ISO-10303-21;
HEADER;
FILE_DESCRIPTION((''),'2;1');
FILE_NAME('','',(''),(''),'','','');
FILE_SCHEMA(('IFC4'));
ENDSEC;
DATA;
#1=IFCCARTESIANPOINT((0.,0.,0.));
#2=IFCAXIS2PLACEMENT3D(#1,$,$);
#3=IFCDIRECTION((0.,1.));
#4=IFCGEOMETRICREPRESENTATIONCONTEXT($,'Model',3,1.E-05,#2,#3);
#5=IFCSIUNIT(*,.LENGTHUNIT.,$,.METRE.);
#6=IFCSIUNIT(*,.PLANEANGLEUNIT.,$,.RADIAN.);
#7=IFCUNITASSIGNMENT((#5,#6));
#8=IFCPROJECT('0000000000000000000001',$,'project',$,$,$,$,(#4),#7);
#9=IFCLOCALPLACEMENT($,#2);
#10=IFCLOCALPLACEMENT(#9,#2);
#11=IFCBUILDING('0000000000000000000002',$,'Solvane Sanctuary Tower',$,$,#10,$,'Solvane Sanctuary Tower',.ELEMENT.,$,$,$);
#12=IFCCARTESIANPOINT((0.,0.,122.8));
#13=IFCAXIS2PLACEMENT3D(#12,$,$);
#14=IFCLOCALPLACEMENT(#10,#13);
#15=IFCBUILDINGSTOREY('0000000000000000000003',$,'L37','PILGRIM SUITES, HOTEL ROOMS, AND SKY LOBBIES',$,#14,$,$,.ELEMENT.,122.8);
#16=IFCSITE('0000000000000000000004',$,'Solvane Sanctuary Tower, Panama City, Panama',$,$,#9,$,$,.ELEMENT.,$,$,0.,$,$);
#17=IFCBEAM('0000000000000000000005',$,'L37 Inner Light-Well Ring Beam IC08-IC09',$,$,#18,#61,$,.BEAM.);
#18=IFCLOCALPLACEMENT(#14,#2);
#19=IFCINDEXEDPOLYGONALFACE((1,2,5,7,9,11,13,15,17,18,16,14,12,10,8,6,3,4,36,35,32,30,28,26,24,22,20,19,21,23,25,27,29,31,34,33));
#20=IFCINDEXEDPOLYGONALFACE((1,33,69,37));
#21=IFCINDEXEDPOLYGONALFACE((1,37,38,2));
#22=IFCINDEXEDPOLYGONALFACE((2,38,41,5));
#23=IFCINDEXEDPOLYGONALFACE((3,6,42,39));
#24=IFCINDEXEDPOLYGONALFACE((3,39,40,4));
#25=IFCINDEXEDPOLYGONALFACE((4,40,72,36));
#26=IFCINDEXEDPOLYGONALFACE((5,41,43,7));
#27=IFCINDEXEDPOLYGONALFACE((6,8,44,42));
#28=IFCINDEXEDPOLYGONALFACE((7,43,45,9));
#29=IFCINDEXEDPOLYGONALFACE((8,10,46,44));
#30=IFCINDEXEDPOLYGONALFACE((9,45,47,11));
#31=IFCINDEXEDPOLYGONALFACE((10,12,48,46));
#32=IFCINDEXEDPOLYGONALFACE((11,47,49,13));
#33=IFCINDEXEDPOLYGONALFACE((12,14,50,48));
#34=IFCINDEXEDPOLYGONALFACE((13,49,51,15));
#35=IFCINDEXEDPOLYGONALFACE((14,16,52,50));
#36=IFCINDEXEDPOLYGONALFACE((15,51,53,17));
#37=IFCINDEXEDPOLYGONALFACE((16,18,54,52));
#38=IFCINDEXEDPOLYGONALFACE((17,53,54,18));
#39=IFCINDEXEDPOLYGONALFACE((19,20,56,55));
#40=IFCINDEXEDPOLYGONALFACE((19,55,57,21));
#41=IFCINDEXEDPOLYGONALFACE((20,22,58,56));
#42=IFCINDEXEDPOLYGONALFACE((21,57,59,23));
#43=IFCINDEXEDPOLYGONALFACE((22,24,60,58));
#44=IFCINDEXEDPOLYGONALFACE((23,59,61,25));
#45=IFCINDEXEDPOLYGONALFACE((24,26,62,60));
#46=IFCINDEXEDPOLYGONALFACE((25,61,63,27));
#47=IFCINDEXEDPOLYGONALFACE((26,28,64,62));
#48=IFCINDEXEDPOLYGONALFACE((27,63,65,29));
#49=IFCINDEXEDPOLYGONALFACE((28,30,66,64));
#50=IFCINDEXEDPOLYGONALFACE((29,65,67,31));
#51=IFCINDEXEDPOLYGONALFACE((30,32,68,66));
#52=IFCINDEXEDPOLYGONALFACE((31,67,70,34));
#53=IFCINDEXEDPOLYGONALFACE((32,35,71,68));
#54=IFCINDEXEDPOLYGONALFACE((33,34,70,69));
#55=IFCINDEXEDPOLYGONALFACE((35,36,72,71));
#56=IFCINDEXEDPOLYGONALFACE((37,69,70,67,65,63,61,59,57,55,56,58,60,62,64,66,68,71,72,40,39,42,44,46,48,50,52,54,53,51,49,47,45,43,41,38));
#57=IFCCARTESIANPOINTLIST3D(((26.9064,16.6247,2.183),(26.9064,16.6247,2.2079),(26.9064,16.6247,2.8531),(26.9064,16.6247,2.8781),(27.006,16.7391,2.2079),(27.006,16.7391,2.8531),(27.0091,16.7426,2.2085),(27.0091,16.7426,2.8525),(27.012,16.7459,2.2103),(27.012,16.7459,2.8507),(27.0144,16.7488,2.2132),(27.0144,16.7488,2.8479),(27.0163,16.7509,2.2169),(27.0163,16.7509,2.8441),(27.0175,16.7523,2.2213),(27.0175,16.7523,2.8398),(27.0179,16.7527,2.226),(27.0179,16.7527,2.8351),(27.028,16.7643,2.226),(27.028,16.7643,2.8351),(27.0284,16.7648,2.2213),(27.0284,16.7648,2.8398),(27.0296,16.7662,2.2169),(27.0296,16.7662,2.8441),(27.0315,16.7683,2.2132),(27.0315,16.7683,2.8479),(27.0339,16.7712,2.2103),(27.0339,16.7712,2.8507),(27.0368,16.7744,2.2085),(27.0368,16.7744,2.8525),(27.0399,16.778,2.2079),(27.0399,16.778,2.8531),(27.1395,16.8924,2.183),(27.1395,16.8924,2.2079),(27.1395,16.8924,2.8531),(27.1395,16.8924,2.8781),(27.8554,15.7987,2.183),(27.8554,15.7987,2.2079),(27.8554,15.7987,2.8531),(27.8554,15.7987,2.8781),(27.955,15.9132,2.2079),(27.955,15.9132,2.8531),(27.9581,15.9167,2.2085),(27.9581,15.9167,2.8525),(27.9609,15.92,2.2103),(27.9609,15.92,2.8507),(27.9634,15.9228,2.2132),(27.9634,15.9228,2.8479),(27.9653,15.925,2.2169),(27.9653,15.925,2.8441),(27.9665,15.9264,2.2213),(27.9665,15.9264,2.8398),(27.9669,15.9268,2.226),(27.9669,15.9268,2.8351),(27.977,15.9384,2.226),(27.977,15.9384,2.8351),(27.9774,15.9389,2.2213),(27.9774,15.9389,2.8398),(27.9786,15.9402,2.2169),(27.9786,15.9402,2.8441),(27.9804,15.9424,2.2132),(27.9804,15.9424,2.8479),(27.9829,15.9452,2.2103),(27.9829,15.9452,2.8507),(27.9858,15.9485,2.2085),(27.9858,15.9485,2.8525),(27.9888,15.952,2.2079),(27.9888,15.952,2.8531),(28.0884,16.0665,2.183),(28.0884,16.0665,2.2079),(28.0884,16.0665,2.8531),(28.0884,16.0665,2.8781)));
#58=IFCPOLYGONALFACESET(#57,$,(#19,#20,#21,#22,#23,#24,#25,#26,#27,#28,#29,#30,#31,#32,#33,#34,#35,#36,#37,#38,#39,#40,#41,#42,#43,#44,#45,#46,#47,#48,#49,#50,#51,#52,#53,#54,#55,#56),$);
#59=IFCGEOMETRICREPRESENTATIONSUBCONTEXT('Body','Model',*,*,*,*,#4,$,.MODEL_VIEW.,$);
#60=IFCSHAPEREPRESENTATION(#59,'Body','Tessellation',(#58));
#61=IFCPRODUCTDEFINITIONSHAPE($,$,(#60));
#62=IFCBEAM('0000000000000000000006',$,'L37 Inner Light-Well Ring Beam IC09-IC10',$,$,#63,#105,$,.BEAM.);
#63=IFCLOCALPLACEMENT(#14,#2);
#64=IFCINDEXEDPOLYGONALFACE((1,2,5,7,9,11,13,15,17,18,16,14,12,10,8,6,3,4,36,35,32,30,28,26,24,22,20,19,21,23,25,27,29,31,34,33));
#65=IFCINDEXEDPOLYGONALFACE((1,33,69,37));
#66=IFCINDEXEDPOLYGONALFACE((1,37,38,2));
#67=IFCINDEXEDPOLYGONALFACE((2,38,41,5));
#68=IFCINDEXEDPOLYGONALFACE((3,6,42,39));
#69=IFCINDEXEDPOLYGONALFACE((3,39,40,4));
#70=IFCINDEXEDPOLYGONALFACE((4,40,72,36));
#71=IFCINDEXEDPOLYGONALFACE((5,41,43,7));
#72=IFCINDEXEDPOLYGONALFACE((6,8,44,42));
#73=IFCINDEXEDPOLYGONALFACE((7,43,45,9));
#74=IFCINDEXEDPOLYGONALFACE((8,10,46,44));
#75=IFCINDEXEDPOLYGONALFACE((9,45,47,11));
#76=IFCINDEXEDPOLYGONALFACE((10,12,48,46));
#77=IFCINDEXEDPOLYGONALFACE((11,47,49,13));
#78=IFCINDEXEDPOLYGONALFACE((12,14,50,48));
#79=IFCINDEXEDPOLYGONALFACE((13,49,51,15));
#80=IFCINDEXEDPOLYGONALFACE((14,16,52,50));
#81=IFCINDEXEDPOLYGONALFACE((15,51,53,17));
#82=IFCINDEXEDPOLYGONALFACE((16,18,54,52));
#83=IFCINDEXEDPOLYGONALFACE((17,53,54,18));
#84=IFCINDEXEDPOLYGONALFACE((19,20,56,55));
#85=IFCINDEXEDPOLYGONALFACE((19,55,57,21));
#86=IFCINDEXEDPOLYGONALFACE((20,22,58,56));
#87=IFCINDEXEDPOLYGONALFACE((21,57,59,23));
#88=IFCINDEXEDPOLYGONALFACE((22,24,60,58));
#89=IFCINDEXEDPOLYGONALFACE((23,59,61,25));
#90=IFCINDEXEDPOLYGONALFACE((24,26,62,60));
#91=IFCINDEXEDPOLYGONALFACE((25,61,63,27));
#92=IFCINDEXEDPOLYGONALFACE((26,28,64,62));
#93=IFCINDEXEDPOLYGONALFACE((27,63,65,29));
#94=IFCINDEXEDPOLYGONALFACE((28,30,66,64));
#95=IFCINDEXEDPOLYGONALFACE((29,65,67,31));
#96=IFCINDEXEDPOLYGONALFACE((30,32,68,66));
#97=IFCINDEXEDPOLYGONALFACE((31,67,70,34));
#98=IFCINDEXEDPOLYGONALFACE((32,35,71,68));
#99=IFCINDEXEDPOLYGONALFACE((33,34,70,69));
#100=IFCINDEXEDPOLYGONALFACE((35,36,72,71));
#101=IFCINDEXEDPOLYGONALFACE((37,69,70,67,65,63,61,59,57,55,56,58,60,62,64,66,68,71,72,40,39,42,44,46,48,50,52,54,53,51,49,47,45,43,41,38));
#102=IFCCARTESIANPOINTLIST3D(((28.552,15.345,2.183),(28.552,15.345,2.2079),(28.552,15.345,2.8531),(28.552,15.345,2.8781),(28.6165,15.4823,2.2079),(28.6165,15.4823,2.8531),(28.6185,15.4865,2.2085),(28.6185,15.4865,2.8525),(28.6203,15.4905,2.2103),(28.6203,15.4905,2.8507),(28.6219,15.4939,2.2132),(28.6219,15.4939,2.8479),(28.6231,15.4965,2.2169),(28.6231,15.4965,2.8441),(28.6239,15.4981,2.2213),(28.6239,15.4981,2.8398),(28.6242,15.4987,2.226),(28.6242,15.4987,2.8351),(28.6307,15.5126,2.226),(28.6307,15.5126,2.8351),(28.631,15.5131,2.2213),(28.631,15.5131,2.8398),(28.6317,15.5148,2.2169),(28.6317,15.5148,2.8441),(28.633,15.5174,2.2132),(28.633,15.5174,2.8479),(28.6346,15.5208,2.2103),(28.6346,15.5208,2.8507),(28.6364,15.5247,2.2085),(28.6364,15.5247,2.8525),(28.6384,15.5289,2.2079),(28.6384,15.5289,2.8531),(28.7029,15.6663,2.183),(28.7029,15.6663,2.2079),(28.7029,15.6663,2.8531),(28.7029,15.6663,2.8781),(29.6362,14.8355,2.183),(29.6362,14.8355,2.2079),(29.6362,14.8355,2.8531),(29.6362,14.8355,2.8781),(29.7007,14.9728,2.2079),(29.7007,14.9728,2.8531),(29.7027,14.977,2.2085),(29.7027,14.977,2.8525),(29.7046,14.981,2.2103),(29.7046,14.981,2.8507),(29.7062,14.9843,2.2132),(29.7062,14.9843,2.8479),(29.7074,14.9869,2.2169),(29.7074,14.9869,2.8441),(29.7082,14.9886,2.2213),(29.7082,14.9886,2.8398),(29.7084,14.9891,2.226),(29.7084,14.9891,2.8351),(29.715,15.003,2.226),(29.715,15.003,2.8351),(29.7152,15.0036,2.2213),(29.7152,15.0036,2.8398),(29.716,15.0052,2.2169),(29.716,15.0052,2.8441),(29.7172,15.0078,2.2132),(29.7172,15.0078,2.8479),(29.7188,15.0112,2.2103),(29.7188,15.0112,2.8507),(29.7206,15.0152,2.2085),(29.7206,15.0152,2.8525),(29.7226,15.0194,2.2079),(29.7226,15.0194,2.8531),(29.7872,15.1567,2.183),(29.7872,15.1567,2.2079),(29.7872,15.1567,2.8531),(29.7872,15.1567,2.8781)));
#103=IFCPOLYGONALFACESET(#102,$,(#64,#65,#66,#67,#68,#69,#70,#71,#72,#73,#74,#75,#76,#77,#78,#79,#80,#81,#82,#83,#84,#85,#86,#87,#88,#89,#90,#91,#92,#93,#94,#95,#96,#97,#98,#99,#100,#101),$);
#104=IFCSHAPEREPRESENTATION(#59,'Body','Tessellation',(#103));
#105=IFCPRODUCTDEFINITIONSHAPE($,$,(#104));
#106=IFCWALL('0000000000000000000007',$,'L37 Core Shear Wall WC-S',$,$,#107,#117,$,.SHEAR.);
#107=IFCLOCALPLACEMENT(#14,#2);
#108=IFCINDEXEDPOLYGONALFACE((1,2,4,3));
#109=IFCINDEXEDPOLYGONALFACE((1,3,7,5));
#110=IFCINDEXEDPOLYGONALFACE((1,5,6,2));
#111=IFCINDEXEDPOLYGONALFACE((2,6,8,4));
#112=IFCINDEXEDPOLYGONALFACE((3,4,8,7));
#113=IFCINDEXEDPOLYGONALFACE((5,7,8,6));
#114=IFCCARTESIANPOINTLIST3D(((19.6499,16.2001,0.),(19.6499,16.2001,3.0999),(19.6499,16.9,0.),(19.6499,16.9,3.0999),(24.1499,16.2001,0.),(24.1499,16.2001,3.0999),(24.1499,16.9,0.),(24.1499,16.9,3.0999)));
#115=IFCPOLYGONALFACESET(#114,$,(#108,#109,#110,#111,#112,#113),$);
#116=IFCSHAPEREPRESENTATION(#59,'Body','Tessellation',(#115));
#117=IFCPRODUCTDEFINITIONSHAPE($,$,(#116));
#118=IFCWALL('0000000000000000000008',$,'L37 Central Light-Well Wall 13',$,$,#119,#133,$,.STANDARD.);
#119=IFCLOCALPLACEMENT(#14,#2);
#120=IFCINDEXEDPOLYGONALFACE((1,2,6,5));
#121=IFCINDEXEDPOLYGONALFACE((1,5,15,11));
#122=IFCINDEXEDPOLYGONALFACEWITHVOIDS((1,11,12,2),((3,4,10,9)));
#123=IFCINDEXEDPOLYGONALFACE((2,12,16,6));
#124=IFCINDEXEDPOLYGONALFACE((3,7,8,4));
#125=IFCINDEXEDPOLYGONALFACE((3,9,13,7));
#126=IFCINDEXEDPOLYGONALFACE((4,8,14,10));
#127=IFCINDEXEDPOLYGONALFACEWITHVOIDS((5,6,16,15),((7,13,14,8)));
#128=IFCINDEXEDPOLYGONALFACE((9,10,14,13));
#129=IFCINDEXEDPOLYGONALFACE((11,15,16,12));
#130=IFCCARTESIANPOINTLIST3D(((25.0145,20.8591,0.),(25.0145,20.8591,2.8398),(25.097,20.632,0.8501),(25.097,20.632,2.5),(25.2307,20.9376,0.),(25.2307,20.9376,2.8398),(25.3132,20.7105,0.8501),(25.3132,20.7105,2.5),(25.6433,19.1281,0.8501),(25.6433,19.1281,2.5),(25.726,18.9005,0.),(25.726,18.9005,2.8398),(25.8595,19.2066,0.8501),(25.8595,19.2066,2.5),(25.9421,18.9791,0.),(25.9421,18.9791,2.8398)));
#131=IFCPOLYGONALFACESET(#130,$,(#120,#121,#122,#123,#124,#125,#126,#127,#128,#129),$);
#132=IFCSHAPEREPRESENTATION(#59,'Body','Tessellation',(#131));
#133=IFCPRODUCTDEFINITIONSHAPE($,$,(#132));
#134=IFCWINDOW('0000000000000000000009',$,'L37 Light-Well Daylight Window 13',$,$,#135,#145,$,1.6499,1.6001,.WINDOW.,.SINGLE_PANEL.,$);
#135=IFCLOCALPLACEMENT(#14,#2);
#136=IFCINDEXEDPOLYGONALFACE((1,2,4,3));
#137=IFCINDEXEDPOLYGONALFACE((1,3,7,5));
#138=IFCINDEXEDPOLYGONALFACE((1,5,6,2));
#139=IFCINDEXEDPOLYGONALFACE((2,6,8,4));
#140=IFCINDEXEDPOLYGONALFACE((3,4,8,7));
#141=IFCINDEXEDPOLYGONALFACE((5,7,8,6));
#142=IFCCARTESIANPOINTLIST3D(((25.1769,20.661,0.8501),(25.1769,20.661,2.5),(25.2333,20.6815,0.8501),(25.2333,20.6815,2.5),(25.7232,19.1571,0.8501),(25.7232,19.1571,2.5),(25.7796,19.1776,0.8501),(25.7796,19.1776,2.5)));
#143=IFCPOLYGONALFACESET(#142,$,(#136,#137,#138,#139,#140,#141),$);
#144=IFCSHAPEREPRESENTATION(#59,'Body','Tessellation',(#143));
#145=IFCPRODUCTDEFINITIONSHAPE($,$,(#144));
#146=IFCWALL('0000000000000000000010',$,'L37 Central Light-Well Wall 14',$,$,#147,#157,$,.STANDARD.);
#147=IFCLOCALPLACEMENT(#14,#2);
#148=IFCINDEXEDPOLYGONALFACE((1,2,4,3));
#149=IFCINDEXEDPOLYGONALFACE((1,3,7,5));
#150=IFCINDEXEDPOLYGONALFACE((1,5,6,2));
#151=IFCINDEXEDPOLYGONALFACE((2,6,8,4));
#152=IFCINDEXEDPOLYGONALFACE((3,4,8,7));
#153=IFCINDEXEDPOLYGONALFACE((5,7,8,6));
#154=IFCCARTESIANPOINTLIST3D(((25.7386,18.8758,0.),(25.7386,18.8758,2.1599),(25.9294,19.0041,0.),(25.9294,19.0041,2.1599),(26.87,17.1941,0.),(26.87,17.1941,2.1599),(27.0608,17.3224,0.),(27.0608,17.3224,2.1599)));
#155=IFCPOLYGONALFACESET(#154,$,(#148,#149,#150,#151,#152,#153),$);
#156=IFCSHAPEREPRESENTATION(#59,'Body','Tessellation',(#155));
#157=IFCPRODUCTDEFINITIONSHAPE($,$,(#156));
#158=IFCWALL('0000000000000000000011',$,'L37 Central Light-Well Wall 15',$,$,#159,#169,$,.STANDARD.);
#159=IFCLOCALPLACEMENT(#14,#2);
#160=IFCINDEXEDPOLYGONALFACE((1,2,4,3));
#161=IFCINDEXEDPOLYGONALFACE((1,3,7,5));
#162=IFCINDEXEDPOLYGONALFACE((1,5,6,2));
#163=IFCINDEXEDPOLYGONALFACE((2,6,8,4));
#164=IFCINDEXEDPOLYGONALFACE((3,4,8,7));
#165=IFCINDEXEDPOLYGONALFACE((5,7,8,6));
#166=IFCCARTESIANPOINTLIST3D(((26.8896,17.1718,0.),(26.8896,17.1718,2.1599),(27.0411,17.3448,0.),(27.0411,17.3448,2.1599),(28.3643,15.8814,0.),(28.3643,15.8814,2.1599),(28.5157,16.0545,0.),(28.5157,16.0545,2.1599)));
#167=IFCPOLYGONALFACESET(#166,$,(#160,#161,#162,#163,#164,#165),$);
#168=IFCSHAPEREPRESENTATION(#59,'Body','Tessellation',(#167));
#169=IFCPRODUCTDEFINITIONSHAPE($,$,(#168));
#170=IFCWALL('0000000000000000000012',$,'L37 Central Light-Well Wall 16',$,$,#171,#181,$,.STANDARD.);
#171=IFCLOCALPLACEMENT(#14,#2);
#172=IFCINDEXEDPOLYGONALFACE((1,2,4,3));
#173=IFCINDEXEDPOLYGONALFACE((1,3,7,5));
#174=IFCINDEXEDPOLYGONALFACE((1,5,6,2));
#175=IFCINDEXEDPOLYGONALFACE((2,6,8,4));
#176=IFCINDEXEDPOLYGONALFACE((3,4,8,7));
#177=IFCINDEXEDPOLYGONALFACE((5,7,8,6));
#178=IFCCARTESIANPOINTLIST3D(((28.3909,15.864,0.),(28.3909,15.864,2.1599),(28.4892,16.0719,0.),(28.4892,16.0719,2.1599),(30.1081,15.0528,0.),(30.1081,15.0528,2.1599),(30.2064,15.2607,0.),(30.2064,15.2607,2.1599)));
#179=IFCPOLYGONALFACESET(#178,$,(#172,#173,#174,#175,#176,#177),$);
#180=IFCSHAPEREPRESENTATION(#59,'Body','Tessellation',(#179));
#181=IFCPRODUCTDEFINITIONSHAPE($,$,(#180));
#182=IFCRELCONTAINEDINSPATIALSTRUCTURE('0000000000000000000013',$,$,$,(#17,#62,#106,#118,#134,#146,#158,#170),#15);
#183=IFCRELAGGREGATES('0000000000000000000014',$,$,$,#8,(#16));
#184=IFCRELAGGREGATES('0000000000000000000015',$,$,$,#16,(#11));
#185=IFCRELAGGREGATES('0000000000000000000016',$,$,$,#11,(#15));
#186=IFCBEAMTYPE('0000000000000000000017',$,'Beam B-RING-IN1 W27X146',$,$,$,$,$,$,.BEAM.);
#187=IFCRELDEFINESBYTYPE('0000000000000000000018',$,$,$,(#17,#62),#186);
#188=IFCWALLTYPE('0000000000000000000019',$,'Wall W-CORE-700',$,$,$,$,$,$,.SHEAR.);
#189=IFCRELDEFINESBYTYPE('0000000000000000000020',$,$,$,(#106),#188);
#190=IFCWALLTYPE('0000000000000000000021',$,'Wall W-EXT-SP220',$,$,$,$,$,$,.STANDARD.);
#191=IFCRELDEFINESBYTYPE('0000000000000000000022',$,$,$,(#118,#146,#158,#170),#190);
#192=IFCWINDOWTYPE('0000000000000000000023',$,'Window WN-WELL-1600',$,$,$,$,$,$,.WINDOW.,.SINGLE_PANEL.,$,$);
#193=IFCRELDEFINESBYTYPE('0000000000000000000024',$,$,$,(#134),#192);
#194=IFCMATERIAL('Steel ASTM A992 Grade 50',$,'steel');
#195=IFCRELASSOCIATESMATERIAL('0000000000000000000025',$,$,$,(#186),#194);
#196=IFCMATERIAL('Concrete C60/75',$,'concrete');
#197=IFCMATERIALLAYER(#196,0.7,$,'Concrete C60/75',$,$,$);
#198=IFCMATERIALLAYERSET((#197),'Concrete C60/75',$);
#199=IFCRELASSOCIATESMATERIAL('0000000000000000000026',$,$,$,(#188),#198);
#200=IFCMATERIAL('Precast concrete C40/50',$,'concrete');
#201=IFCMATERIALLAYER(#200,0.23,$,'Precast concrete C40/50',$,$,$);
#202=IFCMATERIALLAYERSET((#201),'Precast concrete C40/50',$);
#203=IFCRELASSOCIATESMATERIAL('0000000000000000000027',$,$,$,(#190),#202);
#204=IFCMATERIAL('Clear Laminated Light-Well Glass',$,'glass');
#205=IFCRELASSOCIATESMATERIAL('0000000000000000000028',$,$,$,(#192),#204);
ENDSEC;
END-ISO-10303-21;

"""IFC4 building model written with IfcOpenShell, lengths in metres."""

from ifc_helpers import new_model, si_unit, direction, frame, frame_2d, origin, origin_2d, place, context, subcontext, project, spatial, rectangle, i_section, extrude, material, layer, layer_set, material_profile, profile_set, type_object, element, fill, save


model = new_model("IFC4")

# Units and contexts
model_context = context("Model", 3, precision=1e-05, world=origin(), true_north=direction((0.0, 1.0)))
body_context = subcontext(model_context, "Body", "Model", "MODEL_VIEW")
ifc_project = project(units=[si_unit("LENGTHUNIT", "METRE"), si_unit("PLANEANGLEUNIT", "RADIAN")], contexts=[model_context])

# Site, building, storey
site_placement = place(None, origin())
site = spatial("IfcSite", under=ifc_project, at=site_placement, Name="Solvane Sanctuary Tower, Panama City, Panama", CompositionType="ELEMENT", RefElevation=0.0)
building_placement = place(site_placement, origin())
building = spatial("IfcBuilding", under=site, at=building_placement, Name="Solvane Sanctuary Tower", LongName="Solvane Sanctuary Tower", CompositionType="ELEMENT")
storey_placement = place(building_placement, frame((0.0, 0.0, 122.8)))
storey = spatial("IfcBuildingStorey", under=building, at=storey_placement, Name="L37", Description="PILGRIM SUITES, HOTEL ROOMS, AND SKY LOBBIES", CompositionType="ELEMENT", Elevation=122.8)

# Shared definitions
ifc_material_1 = material(Name="Concrete C60/75", Category="concrete")

# Beams
ifc_material_2 = material(Name="Steel ASTM A992 Grade 50", Category="steel")
ifc_material_profile_1 = material_profile(ifc_material_2, i_section(OverallWidth=0.355, OverallDepth=0.6951, WebThickness=0.0154, FlangeThickness=0.0249, FilletRadius=0.0181, at=origin_2d()), Name="W27X146")
ifc_profile_set_1 = profile_set([ifc_material_profile_1], Name="Steel ASTM A992 Grade 50")
beam_type_1 = type_object("IfcBeamType", Name="Beam B-RING-IN1 W27X146", PredefinedType="BEAM", material=ifc_profile_set_1)
beam_1_placement = place(storey_placement, frame((27.0229, 16.7585, 2.5305), z_axis=(0.754317, -0.65651, 0.0), x_axis=(0.65651, 0.754317, 0.0)))
element("IfcBeam", 1, at=beam_1_placement, inside=storey, type_object=beam_type_1, Name="L37 Inner Light-Well Ring Beam IC08-IC09", PredefinedType="BEAM", context=body_context, shape_type="SweptSolid", body=[
    extrude(i_section(OverallWidth=0.355, OverallDepth=0.6951, WebThickness=0.0154, FlangeThickness=0.0249, FilletRadius=0.0181, at=origin_2d()), origin(), (0.0, 0.0, 1.0), 1.2581),
])
beam_2_placement = place(storey_placement, frame((28.6274, 15.5056, 2.5305), z_axis=(0.905045, -0.425316, 0.0), x_axis=(0.425316, 0.905045, 0.0)))
element("IfcBeam", 2, at=beam_2_placement, inside=storey, type_object=beam_type_1, Name="L37 Inner Light-Well Ring Beam IC09-IC10", PredefinedType="BEAM", context=body_context, shape_type="SweptSolid", body=[
    extrude(i_section(OverallWidth=0.355, OverallDepth=0.6951, WebThickness=0.0154, FlangeThickness=0.0249, FilletRadius=0.0181, at=origin_2d()), origin(), (0.0, 0.0, 1.0), 1.198),
])

# Wall
ifc_layer_1 = layer(ifc_material_1, 0.7, Name="Concrete C60/75")
ifc_layer_set_1 = layer_set([ifc_layer_1], Name="Concrete C60/75")
wall_type_1 = type_object("IfcWallType", Name="Wall W-CORE-700", PredefinedType="SHEAR", material=ifc_layer_set_1)
wall_1_placement = place(storey_placement, frame((19.6499, 16.55, 0.0), z_axis=(0.0, 0.0, 1.0), x_axis=(1.0, 0.0, 0.0)))
element("IfcWall", 3, at=wall_1_placement, inside=storey, type_object=wall_type_1, Name="L37 Core Shear Wall WC-S", PredefinedType="SHEAR", context=body_context, shape_type="SweptSolid", body=[
    extrude(rectangle(XDim=4.5, YDim=0.7, at=frame_2d((2.25, 0.0))), origin(), (0.0, 0.0, 1.0), 3.0999),
])

# Wall, opening, window
ifc_material_3 = material(Name="Precast concrete C40/50", Category="concrete")
ifc_layer_2 = layer(ifc_material_3, 0.23, Name="Precast concrete C40/50")
ifc_layer_set_2 = layer_set([ifc_layer_2], Name="Precast concrete C40/50")
wall_type_2 = type_object("IfcWallType", Name="Wall W-EXT-SP220", PredefinedType="STANDARD", material=ifc_layer_set_2)
wall_2_placement = place(storey_placement, frame((25.1226, 20.8984, 0.0), z_axis=(0.0, 0.0, 1.0), x_axis=(0.341423, -0.93991, 0.0)))
wall_2 = element("IfcWall", 4, at=wall_2_placement, inside=storey, type_object=wall_type_2, Name="L37 Central Light-Well Wall 13", PredefinedType="STANDARD", context=body_context, shape_type="SweptSolid", body=[
    extrude(rectangle(XDim=2.0837, YDim=0.23, at=frame_2d((1.042, 0.0))), origin(), (0.0, 0.0, 1.0), 2.8398),
])
opening_1_placement = place(wall_2_placement, frame((0.2417, 0.0, 0.8501)))
opening_1 = element("IfcOpeningElement", 5, at=opening_1_placement, cuts=wall_2, PredefinedType="OPENING", context=body_context, shape_type="SweptSolid", body=[
    extrude(rectangle(XDim=1.6001, YDim=1.6499, at=frame_2d((0.8, 0.825))), frame((0.0, 0.125, 0.0), z_axis=(0.0, -1.0, 0.0), x_axis=(1.0, 0.0, 0.0)), (0.0, 0.0, 1.0), 0.25),
])
ifc_material_4 = material(Name="Clear Laminated Light-Well Glass", Category="glass")
window_type = type_object("IfcWindowType", Name="Window WN-WELL-1600", PartitioningType="SINGLE_PANEL", PredefinedType="WINDOW", material=ifc_material_4)
window_placement = place(opening_1_placement, origin())
window = element("IfcWindow", 6, at=window_placement, inside=storey, type_object=window_type, Name="L37 Light-Well Daylight Window 13", OverallHeight=1.6499, OverallWidth=1.6001, PartitioningType="SINGLE_PANEL", PredefinedType="WINDOW", context=body_context, shape_type="SweptSolid", body=[
    extrude(rectangle(XDim=1.6001, YDim=1.6499, at=frame_2d((0.8, 0.825))), frame((0.0, 0.03, 0.0), z_axis=(0.0, -1.0, 0.0), x_axis=(1.0, 0.0, 0.0)), (0.0, 0.0, 1.0), 0.0601),
])
fill(opening_1, window)

# Walls
wall_3_placement = place(storey_placement, frame((25.834, 18.9399, 0.0), z_axis=(0.0, 0.0, 1.0), x_axis=(0.558198, -0.829708, 0.0)))
element("IfcWall", 7, at=wall_3_placement, inside=storey, type_object=wall_type_2, Name="L37 Central Light-Well Wall 14", PredefinedType="STANDARD", context=body_context, shape_type="SweptSolid", body=[
    extrude(rectangle(XDim=2.0269, YDim=0.23, at=frame_2d((1.0134, 0.0))), origin(), (0.0, 0.0, 1.0), 2.1599),
])
wall_4_placement = place(storey_placement, frame((26.9653, 17.2583, 0.0), z_axis=(0.0, 0.0, 1.0), x_axis=(0.752577, -0.658505, 0.0)))
element("IfcWall", 8, at=wall_4_placement, inside=storey, type_object=wall_type_2, Name="L37 Central Light-Well Wall 15", PredefinedType="STANDARD", context=body_context, shape_type="SweptSolid", body=[
    extrude(rectangle(XDim=1.9595, YDim=0.23, at=frame_2d((0.9797, 0.0))), origin(), (0.0, 0.0, 1.0), 2.1599),
])
wall_5_placement = place(storey_placement, frame((28.4399, 15.968, 0.0), z_axis=(0.0, 0.0, 1.0), x_axis=(0.90418, -0.427152, 0.0)))
element("IfcWall", 9, at=wall_5_placement, inside=storey, type_object=wall_type_2, Name="L37 Central Light-Well Wall 16", PredefinedType="STANDARD", context=body_context, shape_type="SweptSolid", body=[
    extrude(rectangle(XDim=1.8992, YDim=0.23, at=frame_2d((0.9497, 0.0))), origin(), (0.0, 0.0, 1.0), 2.1599),
])

save(model, "model.ifc")
